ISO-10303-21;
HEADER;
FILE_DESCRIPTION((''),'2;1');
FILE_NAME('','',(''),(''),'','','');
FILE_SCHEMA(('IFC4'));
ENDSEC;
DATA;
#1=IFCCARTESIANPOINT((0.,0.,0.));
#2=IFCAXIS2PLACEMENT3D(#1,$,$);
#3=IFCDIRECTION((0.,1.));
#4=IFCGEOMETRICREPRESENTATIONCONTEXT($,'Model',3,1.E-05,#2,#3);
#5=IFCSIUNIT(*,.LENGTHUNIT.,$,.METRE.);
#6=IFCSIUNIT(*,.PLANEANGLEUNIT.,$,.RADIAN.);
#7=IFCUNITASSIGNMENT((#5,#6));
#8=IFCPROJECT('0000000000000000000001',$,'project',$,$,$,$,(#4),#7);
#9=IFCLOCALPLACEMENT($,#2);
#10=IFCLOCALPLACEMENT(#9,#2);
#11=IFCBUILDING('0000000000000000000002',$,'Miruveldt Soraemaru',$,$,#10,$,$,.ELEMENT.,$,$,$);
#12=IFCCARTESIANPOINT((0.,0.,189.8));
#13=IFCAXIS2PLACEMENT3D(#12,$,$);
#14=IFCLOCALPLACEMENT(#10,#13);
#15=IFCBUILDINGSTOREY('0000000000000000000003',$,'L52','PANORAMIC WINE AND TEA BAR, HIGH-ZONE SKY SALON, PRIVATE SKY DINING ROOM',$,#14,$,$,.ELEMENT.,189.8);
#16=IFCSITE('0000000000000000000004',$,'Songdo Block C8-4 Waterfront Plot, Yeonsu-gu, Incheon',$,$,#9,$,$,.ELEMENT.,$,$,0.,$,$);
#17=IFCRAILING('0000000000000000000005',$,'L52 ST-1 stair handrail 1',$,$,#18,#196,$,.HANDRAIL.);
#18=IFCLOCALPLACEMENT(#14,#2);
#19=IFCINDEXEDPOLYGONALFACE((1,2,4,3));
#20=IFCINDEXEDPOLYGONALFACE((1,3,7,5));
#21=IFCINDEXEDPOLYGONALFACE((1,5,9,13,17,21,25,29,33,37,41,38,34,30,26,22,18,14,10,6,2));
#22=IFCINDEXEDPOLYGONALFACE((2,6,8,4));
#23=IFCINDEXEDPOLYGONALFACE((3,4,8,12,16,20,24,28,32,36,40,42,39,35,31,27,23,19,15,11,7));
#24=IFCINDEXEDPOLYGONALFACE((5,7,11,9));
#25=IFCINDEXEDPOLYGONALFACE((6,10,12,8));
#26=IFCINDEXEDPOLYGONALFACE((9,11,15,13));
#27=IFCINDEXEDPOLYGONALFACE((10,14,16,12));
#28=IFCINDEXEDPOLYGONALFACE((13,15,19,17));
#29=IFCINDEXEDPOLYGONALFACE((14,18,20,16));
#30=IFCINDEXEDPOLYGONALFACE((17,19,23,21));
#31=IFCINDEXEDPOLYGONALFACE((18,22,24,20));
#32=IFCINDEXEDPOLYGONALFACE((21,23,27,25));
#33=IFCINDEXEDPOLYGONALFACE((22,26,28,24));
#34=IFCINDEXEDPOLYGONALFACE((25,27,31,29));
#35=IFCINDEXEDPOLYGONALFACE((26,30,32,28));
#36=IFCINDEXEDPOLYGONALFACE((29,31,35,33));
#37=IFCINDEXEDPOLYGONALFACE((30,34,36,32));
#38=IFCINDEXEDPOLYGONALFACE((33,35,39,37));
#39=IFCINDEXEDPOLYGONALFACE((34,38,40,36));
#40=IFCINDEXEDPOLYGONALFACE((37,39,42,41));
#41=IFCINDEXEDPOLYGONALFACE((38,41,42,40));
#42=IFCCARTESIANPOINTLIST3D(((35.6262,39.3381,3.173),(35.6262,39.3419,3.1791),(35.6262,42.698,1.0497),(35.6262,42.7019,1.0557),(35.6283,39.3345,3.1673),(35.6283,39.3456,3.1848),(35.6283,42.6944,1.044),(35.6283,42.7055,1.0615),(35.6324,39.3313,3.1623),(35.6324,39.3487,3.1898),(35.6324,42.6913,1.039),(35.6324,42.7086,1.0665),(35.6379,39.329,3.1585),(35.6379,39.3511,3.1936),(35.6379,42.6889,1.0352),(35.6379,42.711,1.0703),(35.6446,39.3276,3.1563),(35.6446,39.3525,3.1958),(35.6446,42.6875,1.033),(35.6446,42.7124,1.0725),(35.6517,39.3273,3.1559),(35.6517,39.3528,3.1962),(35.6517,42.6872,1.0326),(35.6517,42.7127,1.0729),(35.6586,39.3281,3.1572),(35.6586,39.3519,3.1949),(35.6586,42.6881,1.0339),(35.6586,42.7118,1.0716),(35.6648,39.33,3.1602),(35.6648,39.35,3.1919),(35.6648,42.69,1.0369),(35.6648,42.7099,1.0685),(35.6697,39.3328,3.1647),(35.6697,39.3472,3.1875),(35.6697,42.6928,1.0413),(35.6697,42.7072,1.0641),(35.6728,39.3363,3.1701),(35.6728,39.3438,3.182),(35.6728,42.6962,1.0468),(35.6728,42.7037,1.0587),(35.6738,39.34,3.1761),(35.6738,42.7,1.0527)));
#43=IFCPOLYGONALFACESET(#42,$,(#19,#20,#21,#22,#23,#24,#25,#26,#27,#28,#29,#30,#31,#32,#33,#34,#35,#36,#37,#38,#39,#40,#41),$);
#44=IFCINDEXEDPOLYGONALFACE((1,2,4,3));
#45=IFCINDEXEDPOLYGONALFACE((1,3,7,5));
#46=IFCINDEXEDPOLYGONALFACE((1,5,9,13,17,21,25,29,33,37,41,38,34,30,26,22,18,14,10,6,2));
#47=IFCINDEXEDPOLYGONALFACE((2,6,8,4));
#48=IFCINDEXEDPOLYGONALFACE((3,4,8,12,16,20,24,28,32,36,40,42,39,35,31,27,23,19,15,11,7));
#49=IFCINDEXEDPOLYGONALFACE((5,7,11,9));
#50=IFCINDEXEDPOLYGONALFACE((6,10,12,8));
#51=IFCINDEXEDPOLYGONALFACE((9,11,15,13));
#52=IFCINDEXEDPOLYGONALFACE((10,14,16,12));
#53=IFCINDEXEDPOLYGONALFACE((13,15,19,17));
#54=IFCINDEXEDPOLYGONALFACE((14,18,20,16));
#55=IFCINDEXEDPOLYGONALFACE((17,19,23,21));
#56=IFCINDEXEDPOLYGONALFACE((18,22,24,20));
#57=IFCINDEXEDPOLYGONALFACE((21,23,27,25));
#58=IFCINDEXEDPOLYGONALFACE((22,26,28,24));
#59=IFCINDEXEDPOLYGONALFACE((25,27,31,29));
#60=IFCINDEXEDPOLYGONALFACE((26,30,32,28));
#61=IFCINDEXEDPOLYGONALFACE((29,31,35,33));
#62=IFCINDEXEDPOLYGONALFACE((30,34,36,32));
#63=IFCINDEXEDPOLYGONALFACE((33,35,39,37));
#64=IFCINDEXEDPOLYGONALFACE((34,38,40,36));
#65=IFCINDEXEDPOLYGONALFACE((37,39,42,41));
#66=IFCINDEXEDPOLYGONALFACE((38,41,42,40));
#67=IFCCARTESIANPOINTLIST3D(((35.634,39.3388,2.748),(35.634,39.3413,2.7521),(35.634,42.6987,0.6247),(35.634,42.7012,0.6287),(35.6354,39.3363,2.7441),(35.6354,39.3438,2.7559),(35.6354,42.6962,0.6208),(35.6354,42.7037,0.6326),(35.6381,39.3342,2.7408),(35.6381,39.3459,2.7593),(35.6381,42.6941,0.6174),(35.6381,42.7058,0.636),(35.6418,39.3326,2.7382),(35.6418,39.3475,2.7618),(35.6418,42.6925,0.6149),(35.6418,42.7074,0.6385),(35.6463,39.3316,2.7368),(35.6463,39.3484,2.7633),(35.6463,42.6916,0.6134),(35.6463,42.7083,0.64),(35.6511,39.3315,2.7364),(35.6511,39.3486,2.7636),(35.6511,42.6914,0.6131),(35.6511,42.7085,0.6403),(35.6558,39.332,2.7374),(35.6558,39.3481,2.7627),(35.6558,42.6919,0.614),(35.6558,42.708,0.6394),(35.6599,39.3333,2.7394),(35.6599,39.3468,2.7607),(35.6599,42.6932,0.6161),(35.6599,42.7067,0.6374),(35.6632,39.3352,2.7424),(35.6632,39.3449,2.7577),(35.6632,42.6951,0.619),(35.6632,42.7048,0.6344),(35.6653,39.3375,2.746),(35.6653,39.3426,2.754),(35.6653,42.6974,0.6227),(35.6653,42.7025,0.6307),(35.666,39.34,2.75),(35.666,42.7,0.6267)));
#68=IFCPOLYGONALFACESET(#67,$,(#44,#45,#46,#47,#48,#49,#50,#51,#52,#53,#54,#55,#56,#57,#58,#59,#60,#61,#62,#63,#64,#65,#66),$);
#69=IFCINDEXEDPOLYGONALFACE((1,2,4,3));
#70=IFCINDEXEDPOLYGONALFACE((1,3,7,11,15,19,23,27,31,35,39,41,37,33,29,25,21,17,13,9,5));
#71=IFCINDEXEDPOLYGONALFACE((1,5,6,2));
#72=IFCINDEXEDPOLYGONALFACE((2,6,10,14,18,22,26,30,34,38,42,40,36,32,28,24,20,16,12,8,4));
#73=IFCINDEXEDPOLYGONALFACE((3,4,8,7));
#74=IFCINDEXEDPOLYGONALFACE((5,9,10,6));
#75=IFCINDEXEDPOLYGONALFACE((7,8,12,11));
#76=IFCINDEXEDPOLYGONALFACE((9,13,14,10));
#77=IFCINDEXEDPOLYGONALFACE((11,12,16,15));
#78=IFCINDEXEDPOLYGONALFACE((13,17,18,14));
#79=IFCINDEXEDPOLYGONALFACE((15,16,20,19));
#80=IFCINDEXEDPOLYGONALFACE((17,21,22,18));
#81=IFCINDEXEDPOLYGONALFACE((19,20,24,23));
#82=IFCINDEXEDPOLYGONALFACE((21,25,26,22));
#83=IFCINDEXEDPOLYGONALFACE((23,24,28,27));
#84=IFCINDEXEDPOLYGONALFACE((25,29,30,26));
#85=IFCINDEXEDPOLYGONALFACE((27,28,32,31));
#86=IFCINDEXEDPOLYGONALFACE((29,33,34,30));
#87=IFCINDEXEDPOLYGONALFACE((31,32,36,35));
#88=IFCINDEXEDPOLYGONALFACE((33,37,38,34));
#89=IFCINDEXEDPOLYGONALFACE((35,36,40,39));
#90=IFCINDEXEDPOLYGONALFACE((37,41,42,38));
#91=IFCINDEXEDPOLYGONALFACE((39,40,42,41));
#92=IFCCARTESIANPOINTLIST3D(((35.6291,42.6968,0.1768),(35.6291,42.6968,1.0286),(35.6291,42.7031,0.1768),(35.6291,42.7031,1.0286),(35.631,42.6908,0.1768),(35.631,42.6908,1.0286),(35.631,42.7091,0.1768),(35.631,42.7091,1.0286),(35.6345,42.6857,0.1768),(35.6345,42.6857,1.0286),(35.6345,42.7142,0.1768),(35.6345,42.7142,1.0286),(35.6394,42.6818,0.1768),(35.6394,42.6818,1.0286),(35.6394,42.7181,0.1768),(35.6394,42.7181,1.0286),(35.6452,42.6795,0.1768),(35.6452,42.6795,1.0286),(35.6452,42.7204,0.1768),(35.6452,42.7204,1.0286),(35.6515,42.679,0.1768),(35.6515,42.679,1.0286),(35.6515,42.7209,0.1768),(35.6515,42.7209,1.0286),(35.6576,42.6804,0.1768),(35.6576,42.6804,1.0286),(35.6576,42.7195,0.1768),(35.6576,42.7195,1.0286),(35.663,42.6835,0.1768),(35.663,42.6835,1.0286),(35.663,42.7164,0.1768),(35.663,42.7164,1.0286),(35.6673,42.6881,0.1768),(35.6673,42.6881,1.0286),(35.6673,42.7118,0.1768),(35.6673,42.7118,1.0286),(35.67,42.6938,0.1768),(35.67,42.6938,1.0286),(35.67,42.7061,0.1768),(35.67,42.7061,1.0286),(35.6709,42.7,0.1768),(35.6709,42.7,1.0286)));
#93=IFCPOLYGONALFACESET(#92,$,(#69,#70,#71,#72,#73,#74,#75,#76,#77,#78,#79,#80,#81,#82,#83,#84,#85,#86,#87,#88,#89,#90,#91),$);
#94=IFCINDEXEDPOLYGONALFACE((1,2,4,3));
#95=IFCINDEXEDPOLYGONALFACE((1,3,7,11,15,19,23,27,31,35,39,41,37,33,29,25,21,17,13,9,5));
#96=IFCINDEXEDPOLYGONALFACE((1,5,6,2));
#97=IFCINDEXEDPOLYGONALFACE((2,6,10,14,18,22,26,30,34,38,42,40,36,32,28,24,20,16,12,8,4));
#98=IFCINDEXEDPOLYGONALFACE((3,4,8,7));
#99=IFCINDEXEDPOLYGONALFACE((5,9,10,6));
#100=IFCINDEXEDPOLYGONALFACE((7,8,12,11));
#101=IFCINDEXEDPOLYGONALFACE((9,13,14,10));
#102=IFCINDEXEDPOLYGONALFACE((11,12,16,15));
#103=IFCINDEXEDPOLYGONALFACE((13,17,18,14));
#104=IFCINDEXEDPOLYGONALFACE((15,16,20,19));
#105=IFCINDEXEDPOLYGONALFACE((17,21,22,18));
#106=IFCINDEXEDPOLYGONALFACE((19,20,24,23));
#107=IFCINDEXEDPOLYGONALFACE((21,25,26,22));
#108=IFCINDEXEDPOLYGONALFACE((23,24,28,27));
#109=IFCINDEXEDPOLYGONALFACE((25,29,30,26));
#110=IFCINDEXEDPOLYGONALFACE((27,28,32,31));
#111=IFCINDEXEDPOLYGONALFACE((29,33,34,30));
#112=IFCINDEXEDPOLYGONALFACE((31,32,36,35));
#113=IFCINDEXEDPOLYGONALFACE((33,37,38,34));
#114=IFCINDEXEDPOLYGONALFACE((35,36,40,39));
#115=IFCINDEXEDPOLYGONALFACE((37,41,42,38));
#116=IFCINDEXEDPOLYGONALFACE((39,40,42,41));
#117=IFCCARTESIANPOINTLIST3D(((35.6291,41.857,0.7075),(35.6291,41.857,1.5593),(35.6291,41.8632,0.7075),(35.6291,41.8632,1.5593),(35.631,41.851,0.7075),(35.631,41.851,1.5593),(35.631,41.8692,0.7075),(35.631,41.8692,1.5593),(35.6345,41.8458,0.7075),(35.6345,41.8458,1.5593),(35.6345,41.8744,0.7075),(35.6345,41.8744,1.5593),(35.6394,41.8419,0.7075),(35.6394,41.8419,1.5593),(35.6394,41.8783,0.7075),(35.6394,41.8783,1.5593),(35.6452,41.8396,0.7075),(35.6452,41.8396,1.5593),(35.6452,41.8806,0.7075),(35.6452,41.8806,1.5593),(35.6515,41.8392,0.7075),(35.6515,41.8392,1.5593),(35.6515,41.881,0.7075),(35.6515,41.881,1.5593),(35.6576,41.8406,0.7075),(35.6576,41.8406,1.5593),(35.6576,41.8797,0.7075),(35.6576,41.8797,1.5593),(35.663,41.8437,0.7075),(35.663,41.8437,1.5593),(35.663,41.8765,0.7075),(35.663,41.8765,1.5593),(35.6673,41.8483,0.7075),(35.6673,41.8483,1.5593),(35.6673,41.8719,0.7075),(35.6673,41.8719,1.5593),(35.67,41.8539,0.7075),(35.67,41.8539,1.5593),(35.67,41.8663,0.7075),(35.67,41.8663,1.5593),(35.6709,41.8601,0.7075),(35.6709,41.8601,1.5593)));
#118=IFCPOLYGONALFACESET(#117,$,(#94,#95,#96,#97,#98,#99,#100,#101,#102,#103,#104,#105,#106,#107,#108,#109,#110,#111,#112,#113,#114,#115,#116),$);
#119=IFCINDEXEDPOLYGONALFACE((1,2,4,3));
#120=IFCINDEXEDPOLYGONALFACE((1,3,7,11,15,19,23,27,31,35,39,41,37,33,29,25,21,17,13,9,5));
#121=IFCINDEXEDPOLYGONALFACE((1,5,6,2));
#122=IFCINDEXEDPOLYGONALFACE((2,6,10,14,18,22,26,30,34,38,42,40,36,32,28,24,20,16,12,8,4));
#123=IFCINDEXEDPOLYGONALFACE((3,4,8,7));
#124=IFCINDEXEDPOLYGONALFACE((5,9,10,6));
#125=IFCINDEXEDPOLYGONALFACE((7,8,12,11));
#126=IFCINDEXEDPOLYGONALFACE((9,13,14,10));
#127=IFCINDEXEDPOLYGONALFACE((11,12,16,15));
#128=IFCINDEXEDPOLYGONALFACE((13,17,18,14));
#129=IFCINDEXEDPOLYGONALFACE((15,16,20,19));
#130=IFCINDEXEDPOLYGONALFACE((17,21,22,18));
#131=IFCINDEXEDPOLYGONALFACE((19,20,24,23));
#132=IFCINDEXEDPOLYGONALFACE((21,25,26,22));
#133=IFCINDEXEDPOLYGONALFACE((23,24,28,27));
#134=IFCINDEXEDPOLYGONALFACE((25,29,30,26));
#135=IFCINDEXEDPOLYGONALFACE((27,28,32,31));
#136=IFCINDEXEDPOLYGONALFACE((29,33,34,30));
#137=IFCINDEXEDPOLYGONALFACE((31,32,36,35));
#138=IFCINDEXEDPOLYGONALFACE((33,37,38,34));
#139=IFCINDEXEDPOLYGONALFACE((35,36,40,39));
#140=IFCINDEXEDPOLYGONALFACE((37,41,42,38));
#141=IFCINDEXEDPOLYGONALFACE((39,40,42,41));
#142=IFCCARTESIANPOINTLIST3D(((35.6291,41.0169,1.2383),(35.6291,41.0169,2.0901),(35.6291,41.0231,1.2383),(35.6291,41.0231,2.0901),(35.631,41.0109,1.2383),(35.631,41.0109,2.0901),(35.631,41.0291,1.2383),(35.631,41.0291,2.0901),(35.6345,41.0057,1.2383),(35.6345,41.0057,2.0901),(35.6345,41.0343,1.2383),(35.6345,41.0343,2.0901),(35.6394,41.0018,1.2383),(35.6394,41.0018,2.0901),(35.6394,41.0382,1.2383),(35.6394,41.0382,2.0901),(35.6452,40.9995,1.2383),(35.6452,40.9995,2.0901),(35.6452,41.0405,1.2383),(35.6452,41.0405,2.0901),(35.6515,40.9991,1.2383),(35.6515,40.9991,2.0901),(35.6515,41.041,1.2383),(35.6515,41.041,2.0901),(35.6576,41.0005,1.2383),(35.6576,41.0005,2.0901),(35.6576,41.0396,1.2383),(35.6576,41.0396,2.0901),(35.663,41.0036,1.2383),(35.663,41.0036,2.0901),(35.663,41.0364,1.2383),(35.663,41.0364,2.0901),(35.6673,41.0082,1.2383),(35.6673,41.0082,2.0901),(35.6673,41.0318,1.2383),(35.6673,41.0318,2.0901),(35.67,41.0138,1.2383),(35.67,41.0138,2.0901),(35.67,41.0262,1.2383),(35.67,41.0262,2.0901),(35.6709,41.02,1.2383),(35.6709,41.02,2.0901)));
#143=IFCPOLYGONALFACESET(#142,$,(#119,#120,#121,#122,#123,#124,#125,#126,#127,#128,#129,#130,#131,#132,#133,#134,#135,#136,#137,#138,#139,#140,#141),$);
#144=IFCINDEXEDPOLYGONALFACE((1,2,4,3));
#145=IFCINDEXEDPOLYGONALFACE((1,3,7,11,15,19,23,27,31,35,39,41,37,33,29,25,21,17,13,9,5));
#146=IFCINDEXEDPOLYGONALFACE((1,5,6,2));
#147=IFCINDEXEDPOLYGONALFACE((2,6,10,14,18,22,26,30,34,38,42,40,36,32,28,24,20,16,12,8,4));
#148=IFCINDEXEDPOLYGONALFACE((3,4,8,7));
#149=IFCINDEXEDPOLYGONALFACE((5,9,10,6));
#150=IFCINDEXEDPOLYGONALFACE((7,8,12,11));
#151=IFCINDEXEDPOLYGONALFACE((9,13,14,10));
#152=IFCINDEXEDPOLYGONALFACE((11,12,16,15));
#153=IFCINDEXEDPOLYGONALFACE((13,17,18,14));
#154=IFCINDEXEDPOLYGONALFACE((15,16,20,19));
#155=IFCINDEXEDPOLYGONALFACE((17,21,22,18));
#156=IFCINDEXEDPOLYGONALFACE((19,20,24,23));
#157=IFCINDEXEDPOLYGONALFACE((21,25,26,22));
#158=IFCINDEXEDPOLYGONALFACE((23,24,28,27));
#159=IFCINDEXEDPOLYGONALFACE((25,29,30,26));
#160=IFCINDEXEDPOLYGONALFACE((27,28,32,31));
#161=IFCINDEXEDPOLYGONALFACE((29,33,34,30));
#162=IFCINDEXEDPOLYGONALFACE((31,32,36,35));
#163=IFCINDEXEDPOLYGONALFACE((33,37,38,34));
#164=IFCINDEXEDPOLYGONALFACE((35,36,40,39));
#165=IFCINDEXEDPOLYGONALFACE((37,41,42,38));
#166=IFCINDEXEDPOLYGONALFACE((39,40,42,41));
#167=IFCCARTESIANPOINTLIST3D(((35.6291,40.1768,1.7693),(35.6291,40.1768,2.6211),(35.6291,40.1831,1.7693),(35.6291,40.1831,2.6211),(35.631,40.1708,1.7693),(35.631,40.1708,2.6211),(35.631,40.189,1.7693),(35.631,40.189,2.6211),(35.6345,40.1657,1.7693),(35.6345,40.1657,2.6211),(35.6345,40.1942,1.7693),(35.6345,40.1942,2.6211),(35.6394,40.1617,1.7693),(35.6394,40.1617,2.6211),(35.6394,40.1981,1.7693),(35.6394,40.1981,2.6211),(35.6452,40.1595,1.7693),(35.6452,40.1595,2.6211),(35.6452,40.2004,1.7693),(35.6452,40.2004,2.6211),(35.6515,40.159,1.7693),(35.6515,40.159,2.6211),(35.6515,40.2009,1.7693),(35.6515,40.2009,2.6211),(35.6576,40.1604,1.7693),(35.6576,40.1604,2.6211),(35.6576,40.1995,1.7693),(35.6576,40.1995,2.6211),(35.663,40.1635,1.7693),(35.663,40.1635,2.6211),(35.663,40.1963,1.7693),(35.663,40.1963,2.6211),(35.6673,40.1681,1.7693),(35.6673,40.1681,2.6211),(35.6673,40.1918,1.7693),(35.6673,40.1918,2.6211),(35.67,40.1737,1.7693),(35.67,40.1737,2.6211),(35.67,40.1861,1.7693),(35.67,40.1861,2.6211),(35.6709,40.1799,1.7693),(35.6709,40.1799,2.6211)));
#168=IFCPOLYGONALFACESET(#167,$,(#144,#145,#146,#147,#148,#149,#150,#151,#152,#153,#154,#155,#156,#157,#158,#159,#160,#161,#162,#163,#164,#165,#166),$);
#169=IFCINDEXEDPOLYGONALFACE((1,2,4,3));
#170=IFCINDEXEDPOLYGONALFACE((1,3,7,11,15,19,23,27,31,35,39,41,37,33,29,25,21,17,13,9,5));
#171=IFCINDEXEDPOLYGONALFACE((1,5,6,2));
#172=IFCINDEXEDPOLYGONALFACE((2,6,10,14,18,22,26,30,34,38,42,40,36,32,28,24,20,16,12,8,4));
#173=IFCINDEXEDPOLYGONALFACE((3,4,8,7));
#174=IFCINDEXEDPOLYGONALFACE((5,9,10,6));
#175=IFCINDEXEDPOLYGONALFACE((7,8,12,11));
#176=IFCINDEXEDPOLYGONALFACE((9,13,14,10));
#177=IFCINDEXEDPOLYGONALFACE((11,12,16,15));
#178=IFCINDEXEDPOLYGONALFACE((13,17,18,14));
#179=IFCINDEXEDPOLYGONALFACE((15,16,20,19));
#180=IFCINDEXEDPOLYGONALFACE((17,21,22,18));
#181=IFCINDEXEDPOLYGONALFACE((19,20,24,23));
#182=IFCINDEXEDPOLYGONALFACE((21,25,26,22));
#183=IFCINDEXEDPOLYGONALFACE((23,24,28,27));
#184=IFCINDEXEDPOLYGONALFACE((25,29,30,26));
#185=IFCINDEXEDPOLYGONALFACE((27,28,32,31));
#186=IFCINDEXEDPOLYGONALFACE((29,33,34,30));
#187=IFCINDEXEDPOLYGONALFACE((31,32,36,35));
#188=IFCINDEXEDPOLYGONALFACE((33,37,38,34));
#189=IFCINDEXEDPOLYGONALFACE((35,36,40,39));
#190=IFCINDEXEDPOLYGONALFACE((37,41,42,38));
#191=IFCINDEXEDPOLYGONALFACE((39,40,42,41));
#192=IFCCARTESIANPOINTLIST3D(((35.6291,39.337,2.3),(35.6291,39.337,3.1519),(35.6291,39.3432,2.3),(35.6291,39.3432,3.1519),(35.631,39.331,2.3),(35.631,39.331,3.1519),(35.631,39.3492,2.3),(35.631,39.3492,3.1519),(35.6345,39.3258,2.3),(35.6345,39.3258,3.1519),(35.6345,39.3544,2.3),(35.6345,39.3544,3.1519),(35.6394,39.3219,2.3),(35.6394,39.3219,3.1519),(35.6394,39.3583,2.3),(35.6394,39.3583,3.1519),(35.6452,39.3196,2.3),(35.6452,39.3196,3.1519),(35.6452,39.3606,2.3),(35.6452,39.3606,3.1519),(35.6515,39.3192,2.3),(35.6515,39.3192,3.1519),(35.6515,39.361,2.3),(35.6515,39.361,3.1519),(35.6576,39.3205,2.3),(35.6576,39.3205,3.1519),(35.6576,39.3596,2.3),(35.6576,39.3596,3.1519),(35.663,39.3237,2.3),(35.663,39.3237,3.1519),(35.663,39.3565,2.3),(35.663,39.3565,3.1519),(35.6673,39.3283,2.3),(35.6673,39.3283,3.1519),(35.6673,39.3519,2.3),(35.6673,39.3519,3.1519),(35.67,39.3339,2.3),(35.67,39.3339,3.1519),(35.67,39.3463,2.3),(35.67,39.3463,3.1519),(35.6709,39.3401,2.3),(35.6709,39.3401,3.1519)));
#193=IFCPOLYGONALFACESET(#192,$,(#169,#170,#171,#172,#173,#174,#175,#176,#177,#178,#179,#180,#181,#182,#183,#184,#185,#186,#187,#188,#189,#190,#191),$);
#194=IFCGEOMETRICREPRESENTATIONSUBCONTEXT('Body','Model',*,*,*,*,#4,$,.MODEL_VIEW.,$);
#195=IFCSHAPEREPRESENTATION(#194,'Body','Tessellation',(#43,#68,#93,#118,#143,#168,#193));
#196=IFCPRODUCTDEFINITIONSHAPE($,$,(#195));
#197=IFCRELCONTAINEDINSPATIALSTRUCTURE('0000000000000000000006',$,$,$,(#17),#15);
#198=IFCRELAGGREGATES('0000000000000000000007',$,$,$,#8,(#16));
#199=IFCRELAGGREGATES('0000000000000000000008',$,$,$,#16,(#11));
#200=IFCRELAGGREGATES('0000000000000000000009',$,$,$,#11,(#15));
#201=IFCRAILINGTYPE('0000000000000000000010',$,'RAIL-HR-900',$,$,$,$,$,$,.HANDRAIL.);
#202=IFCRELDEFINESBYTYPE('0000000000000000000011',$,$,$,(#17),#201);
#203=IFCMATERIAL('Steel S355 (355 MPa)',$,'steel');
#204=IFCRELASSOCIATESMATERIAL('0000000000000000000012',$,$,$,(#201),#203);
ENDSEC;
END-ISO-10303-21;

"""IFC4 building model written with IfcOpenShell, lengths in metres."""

from ifc_helpers import new_model, si_unit, direction, frame, origin, origin_2d, place, context, subcontext, project, spatial, circle, extrude, material, type_object, element, save


model = new_model("IFC4")

# Units and contexts
model_context = context("Model", 3, precision=1e-05, world=origin(), true_north=direction((0.0, 1.0)))
body_context = subcontext(model_context, "Body", "Model", "MODEL_VIEW")
ifc_project = project(units=[si_unit("LENGTHUNIT", "METRE"), si_unit("PLANEANGLEUNIT", "RADIAN")], contexts=[model_context])

# Site, building, storey
site_placement = place(None, origin())
site = spatial("IfcSite", under=ifc_project, at=site_placement, Name="Songdo Block C8-4 Waterfront Plot, Yeonsu-gu, Incheon", CompositionType="ELEMENT", RefElevation=0.0)
building_placement = place(site_placement, origin())
building = spatial("IfcBuilding", under=site, at=building_placement, Name="Miruveldt Soraemaru", CompositionType="ELEMENT")
storey_placement = place(building_placement, frame((0.0, 0.0, 189.8)))
storey = spatial("IfcBuildingStorey", under=building, at=storey_placement, Name="L52", Description="PANORAMIC WINE AND TEA BAR, HIGH-ZONE SKY SALON, PRIVATE SKY DINING ROOM", CompositionType="ELEMENT", Elevation=189.8)

# Railing
ifc_material_1 = material(Name="Steel S355 (355 MPa)", Category="steel")
railing_type_1 = type_object("IfcRailingType", Name="RAIL-HR-900", PredefinedType="HANDRAIL", material=ifc_material_1)
railing_1_placement = place(storey_placement, frame((35.6499, 42.7, 0.1768)))
element("IfcRailing", 1, at=railing_1_placement, inside=storey, type_object=railing_type_1, Name="L52 ST-1 stair handrail 1", PredefinedType="HANDRAIL", context=body_context, shape_type="SweptSolid", body=[
    extrude(circle(Radius=0.0239, at=origin_2d()), frame((0.0, 0.0, 0.876), z_axis=(0.0, -0.845344, 0.534222), x_axis=(1.0, 0.0, 0.0)), (0.0, 0.0, 1.0), 3.9746),
    extrude(circle(Radius=0.0161, at=origin_2d()), frame((0.0, 0.0, 0.45), z_axis=(0.0, -0.845344, 0.534222), x_axis=(1.0, 0.0, 0.0)), (0.0, 0.0, 1.0), 3.9746),
    extrude(circle(Radius=0.021, at=origin_2d()), origin(), (0.0, 0.0, 1.0), 0.8518),
    extrude(circle(Radius=0.021, at=origin_2d()), frame((0.0, -0.8398, 0.5308)), (0.0, 0.0, 1.0), 0.8518),
    extrude(circle(Radius=0.021, at=origin_2d()), frame((0.0, -1.6799, 1.0615)), (0.0, 0.0, 1.0), 0.8518),
    extrude(circle(Radius=0.021, at=origin_2d()), frame((0.0, -2.52, 1.5925)), (0.0, 0.0, 1.0), 0.8518),
    extrude(circle(Radius=0.021, at=origin_2d()), frame((0.0, -3.3599, 2.1233)), (0.0, 0.0, 1.0), 0.8518),
])

save(model, "model.ifc")
